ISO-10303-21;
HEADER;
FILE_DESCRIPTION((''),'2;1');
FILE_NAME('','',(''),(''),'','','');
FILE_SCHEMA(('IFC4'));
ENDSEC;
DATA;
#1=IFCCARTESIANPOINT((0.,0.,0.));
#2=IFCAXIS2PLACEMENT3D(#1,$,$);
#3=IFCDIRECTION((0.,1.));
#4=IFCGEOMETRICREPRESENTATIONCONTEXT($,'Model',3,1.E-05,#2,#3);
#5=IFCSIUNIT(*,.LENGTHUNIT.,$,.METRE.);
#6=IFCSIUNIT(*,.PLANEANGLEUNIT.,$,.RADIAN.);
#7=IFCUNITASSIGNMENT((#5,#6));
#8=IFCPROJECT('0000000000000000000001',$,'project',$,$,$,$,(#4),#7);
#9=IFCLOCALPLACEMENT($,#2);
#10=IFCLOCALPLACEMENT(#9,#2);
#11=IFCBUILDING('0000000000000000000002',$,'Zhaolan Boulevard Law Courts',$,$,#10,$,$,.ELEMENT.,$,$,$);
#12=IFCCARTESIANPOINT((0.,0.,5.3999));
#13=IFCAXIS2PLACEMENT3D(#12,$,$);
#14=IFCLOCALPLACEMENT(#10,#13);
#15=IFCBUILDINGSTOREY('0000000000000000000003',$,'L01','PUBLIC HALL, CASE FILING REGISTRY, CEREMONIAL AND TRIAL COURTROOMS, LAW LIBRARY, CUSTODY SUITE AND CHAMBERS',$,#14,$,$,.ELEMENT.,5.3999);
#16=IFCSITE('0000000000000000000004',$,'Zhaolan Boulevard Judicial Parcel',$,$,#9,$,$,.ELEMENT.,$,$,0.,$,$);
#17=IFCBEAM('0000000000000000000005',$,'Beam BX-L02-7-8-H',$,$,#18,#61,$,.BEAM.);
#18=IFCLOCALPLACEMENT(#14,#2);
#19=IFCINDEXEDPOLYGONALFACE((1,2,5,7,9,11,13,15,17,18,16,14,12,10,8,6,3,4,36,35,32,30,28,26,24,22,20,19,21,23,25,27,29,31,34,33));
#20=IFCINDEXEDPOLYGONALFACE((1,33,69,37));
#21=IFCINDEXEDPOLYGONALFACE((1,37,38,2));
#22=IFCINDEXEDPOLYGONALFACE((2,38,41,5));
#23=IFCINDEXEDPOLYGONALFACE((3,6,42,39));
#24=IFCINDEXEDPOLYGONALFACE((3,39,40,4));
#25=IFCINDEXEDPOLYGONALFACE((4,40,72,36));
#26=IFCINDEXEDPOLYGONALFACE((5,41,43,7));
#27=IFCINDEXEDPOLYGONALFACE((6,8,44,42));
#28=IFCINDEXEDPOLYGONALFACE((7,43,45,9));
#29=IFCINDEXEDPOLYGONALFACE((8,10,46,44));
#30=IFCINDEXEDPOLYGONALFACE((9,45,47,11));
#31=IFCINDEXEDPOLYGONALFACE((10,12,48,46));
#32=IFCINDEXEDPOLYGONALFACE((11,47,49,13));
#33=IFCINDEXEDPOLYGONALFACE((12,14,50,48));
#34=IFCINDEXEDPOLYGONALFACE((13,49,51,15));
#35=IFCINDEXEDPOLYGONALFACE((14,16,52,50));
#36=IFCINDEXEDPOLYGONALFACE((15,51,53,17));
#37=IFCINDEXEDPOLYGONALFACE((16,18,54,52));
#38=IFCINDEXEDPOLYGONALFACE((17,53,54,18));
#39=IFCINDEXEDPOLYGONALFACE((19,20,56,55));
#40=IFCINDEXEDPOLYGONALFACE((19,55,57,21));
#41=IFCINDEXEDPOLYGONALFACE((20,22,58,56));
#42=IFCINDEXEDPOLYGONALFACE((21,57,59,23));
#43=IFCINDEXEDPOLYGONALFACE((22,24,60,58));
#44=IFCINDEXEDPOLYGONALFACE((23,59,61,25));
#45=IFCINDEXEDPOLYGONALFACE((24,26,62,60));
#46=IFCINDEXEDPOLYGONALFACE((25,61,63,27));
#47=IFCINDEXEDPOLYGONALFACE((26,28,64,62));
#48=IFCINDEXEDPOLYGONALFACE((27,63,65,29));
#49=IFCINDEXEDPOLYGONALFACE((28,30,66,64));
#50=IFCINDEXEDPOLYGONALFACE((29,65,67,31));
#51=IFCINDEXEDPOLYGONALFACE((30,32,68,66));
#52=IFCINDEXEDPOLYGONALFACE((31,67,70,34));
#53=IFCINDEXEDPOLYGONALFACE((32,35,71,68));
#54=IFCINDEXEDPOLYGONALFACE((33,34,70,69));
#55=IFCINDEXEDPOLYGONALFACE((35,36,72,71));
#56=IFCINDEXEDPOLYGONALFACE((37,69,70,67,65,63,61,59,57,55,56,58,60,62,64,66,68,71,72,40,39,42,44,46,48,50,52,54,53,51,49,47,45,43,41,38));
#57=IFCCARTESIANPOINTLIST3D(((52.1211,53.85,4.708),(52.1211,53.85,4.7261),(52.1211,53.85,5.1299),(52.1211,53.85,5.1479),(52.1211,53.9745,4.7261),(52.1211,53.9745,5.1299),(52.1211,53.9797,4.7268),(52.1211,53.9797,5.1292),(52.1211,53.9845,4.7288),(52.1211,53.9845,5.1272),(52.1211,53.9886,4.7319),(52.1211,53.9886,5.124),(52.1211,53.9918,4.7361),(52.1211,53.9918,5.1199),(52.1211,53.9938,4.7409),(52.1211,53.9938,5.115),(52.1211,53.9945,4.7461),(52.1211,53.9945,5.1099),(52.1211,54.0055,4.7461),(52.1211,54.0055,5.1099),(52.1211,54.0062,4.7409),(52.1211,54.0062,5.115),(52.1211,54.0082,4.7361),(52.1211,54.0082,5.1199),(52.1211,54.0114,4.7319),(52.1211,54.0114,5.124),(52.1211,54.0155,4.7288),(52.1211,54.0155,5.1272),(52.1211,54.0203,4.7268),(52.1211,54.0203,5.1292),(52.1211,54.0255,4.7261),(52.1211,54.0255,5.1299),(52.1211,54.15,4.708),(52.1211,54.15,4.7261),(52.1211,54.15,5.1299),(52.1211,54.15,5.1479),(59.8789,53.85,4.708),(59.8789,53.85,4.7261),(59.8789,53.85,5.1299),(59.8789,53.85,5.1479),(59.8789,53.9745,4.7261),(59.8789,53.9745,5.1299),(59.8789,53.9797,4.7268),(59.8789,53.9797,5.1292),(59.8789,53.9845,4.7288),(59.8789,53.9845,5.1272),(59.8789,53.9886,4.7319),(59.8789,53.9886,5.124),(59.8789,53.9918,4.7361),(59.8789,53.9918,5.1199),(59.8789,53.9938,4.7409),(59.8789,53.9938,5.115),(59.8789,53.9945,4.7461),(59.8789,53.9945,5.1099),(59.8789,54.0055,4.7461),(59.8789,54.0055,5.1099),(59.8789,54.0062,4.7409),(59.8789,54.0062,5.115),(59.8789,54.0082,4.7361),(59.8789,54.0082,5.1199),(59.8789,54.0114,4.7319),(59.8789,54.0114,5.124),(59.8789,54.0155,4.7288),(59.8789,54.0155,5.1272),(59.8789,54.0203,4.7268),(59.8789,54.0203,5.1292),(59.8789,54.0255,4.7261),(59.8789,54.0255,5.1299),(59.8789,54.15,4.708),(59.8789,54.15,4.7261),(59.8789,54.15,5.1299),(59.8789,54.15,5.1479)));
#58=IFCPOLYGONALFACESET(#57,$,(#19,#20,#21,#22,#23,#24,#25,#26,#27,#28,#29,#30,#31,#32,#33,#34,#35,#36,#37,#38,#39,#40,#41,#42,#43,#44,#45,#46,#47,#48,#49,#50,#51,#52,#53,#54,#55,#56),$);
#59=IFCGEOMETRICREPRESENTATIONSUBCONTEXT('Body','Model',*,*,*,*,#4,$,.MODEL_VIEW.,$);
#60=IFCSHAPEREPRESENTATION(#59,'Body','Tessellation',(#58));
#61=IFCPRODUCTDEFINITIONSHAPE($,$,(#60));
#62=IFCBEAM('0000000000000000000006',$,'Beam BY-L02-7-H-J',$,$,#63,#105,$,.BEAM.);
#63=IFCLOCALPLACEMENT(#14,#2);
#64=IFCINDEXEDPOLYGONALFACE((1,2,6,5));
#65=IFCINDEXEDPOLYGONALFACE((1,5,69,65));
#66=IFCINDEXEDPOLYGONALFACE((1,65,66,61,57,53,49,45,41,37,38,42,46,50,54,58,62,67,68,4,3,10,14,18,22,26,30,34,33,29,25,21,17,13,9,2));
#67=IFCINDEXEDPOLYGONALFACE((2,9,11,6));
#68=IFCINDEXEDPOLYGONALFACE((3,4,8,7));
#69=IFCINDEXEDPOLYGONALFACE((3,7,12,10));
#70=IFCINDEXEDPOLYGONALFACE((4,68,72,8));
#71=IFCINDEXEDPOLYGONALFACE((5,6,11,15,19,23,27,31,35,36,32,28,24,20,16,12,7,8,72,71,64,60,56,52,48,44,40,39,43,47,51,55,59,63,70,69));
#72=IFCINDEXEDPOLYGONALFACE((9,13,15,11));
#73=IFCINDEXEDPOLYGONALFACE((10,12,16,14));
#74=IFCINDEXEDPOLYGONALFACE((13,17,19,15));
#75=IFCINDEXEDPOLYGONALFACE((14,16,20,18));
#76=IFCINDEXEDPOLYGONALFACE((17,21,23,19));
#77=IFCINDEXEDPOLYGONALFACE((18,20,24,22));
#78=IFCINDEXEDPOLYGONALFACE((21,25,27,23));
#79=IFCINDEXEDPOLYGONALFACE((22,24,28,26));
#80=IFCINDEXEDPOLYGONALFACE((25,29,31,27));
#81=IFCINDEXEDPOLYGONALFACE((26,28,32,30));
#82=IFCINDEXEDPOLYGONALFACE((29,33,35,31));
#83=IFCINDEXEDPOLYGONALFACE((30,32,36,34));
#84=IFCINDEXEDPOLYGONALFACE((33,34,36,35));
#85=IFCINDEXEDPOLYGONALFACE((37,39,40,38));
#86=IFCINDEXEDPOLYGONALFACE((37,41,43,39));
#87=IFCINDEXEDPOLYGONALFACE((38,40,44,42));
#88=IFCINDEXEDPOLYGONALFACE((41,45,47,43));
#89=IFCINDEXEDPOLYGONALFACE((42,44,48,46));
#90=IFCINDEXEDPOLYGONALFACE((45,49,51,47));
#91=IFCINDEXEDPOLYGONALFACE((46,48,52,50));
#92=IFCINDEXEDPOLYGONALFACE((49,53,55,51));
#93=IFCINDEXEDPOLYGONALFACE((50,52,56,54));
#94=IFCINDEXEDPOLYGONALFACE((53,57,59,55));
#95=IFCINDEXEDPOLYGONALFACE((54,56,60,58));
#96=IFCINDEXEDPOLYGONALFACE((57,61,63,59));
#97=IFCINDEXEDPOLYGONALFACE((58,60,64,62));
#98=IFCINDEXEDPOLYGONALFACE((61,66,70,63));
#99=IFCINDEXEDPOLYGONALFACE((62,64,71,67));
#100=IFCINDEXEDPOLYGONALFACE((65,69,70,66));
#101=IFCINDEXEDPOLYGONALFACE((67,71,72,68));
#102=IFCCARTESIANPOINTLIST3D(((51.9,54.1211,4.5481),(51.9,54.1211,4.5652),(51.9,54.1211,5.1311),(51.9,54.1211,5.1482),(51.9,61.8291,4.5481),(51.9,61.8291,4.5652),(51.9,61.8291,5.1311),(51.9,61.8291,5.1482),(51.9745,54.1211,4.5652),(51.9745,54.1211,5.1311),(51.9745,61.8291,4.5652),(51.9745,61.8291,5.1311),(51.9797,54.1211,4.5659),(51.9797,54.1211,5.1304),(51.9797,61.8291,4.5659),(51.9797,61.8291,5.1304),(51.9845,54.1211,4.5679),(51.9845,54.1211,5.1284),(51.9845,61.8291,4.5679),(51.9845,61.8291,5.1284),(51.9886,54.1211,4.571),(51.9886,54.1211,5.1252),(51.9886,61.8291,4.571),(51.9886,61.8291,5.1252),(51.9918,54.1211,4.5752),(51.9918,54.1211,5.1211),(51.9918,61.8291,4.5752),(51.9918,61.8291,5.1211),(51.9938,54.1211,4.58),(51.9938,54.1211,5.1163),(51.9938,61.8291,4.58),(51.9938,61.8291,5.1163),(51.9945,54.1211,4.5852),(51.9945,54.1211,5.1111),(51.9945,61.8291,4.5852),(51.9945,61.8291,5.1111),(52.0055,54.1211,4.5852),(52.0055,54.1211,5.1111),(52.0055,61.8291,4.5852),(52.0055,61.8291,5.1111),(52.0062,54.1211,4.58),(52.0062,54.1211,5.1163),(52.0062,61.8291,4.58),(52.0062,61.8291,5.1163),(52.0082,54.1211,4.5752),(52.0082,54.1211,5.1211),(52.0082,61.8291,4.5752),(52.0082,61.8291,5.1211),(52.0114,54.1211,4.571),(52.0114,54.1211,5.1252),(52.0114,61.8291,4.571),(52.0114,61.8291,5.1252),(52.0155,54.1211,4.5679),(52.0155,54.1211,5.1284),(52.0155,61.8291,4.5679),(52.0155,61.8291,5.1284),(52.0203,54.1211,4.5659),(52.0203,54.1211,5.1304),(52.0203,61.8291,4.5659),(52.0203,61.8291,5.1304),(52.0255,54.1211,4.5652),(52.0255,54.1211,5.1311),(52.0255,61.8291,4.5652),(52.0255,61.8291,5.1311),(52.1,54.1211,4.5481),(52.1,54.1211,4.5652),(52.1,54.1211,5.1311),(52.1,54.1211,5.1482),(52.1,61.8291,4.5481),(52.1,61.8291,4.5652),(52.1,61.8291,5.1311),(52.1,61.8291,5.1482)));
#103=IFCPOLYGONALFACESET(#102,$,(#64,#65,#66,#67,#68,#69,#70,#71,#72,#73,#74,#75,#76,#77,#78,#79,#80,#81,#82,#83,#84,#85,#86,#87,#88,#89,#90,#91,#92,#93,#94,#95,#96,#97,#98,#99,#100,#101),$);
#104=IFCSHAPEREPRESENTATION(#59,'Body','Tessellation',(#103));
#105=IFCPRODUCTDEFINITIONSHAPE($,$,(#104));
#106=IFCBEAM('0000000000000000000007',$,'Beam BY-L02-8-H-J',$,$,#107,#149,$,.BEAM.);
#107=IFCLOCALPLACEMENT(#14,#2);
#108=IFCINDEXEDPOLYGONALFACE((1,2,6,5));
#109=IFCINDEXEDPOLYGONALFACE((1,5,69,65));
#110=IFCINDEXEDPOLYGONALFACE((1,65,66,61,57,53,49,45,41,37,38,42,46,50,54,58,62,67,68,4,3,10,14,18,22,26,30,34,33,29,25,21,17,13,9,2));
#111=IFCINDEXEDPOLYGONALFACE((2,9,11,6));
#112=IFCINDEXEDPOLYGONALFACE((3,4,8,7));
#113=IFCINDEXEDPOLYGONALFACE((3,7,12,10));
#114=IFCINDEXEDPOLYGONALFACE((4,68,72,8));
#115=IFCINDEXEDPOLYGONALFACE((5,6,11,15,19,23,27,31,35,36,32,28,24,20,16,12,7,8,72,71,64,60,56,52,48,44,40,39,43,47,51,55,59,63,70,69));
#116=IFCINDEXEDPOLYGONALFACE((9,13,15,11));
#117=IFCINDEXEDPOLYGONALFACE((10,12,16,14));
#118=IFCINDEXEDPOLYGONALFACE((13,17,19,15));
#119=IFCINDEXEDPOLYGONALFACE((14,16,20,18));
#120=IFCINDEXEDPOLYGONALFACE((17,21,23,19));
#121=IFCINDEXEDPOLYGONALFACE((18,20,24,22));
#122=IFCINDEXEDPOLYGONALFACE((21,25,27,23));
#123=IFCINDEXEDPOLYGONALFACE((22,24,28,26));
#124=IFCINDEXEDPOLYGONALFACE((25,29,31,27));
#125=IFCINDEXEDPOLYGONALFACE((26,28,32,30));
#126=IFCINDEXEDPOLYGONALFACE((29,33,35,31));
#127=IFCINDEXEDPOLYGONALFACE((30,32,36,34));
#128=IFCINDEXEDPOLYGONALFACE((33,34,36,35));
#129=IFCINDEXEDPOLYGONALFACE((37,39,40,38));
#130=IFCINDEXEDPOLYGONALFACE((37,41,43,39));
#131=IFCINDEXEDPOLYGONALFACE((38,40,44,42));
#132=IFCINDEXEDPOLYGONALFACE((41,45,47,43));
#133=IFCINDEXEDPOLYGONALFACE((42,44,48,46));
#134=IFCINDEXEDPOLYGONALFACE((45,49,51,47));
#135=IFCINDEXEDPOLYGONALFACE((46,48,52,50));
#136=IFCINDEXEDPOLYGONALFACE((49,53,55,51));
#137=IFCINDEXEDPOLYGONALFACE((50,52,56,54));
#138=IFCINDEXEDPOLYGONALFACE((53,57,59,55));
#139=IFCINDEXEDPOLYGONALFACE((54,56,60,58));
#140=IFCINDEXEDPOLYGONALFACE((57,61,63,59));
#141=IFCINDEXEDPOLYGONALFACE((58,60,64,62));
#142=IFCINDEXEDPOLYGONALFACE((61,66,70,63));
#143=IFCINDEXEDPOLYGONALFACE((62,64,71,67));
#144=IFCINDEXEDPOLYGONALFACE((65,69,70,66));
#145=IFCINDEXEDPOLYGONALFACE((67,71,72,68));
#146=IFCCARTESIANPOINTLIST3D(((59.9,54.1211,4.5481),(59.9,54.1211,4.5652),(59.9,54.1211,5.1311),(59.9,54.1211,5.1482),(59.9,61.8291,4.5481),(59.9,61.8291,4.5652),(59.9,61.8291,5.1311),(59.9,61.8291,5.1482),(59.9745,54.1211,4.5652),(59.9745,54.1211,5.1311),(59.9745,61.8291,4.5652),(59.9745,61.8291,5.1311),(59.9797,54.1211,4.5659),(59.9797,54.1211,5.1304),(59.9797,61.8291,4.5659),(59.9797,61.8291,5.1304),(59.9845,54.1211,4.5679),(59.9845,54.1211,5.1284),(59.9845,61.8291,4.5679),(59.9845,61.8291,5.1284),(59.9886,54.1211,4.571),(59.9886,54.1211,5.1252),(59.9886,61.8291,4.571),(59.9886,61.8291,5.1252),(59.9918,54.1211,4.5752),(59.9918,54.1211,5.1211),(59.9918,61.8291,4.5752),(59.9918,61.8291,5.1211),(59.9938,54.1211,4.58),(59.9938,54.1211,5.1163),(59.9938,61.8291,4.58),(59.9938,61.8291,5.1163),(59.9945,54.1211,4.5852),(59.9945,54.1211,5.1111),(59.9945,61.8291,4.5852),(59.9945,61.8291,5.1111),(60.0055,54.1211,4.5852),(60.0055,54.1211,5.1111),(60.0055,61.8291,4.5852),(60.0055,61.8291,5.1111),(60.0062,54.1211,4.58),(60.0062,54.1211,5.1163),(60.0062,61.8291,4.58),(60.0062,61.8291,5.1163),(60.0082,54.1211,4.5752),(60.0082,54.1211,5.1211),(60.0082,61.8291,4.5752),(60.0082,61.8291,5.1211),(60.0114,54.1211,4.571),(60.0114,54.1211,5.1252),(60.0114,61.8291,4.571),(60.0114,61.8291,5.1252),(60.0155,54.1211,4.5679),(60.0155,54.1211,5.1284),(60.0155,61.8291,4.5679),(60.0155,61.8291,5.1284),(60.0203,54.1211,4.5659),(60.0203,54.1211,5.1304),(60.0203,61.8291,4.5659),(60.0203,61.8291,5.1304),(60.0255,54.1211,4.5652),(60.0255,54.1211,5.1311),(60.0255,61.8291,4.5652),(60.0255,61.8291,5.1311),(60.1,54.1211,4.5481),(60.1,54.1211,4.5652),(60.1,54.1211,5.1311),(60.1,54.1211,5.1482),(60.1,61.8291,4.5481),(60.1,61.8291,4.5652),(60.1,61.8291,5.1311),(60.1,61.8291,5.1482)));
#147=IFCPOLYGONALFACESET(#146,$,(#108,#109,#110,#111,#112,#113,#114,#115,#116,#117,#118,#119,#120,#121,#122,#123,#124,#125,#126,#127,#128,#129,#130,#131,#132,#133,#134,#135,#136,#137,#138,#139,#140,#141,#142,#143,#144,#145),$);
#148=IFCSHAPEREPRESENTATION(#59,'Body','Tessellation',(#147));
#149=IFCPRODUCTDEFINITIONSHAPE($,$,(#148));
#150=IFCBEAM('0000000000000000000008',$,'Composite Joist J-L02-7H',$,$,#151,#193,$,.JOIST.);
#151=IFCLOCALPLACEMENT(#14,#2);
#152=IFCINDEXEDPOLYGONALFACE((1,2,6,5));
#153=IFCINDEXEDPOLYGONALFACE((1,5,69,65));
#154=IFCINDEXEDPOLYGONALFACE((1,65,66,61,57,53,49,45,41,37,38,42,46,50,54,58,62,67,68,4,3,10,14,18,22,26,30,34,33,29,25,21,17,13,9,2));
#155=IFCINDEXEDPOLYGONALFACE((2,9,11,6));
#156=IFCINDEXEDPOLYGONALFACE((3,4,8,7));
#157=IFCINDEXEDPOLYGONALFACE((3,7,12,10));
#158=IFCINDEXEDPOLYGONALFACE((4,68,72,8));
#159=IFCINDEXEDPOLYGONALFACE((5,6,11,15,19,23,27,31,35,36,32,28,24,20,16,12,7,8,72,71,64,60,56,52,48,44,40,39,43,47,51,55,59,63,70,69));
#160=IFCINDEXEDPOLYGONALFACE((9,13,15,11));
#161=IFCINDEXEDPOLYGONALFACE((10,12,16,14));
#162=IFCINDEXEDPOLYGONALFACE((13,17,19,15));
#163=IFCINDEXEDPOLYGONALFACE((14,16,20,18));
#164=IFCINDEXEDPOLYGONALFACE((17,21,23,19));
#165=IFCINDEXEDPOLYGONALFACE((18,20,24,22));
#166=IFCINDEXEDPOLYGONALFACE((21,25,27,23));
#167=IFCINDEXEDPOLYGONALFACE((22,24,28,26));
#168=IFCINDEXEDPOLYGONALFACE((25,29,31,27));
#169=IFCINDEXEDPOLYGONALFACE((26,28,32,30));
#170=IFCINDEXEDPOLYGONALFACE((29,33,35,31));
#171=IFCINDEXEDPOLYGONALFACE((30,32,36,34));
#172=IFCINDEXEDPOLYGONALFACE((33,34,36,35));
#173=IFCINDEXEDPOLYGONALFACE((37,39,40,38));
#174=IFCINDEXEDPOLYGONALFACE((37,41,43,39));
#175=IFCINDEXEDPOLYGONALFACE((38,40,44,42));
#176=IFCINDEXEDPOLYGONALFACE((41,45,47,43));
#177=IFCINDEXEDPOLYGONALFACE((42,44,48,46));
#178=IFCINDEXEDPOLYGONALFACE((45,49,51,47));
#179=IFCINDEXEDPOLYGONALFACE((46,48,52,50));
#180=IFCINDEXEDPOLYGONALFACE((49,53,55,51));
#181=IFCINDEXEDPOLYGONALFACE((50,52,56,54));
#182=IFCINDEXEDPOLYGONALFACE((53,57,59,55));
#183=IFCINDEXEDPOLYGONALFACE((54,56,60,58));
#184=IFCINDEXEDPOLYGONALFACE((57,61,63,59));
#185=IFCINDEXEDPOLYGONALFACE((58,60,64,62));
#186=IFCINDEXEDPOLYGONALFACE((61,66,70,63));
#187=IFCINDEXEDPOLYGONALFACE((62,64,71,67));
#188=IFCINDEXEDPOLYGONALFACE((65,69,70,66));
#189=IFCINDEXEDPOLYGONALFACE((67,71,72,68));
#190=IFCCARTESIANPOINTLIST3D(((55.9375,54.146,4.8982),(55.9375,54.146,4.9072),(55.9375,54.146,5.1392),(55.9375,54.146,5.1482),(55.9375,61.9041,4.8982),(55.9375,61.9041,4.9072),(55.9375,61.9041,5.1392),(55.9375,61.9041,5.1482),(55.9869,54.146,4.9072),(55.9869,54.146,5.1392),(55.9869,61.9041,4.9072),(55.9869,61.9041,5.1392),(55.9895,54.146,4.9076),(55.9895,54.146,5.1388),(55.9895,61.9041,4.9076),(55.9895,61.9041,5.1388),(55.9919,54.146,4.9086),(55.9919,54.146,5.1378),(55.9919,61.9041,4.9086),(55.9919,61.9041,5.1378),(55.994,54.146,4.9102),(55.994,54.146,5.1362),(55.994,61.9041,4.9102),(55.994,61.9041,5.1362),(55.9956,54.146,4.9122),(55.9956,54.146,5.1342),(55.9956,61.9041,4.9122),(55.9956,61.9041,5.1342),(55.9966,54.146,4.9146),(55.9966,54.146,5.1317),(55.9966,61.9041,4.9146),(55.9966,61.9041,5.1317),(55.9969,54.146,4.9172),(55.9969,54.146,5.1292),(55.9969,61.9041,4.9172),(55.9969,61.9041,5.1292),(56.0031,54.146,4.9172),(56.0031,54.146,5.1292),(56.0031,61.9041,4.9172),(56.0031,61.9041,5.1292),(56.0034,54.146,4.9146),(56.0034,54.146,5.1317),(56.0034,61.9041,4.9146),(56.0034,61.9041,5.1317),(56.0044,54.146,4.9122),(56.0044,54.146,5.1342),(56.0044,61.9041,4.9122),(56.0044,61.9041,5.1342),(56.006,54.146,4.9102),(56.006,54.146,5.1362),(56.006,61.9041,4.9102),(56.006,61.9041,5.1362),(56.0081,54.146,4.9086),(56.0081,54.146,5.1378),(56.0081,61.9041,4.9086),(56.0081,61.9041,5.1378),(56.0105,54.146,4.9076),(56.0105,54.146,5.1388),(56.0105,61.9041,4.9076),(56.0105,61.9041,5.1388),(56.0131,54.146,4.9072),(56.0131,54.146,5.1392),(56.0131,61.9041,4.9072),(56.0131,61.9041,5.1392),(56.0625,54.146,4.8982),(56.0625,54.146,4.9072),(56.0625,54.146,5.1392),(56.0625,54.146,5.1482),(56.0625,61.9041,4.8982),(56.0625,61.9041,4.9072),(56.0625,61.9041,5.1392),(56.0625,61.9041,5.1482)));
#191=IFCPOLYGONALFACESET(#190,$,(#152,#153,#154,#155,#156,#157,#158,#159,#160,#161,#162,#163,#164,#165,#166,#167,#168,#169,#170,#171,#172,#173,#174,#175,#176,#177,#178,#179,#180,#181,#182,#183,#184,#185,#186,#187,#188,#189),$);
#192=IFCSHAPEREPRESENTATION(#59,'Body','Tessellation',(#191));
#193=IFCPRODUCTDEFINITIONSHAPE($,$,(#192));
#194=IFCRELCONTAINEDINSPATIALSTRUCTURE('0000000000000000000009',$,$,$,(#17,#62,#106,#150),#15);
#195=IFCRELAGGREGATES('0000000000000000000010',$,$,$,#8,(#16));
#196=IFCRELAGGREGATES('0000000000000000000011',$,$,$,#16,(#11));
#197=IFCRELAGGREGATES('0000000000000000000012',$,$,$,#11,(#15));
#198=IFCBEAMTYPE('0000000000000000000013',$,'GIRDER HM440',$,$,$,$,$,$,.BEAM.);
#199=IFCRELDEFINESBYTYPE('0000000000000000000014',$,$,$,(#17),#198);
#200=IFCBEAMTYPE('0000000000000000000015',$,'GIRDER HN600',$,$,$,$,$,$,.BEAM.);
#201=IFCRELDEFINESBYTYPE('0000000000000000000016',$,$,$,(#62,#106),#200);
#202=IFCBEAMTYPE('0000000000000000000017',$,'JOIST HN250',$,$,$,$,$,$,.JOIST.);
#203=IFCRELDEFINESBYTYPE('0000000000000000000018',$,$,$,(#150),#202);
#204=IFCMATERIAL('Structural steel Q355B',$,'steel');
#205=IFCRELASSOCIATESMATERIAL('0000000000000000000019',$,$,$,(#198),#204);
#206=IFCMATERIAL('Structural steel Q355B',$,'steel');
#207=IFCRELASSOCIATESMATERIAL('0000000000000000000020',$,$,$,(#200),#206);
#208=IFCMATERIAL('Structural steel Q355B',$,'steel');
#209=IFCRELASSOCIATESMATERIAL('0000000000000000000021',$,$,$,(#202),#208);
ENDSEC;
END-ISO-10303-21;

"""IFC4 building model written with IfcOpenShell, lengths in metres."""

from ifc_helpers import new_model, si_unit, direction, frame, origin, origin_2d, place, context, subcontext, project, spatial, i_section, extrude, material, material_profile, profile_set, type_object, element, save


model = new_model("IFC4")

# Units and contexts
model_context = context("Model", 3, precision=1e-05, world=origin(), true_north=direction((0.0, 1.0)))
body_context = subcontext(model_context, "Body", "Model", "MODEL_VIEW")
ifc_project = project(units=[si_unit("LENGTHUNIT", "METRE"), si_unit("PLANEANGLEUNIT", "RADIAN")], contexts=[model_context])

# Site, building, storey
site_placement = place(None, origin())
site = spatial("IfcSite", under=ifc_project, at=site_placement, Name="Zhaolan Boulevard Judicial Parcel", CompositionType="ELEMENT", RefElevation=0.0)
building_placement = place(site_placement, origin())
building = spatial("IfcBuilding", under=site, at=building_placement, Name="Zhaolan Boulevard Law Courts", CompositionType="ELEMENT")
storey_placement = place(building_placement, frame((0.0, 0.0, 5.3999)))
storey = spatial("IfcBuildingStorey", under=building, at=storey_placement, Name="L01", Description="PUBLIC HALL, CASE FILING REGISTRY, CEREMONIAL AND TRIAL COURTROOMS, LAW LIBRARY, CUSTODY SUITE AND CHAMBERS", CompositionType="ELEMENT", Elevation=5.3999)

# Beams
ifc_material_1 = material(Name="Structural steel Q355B", Category="steel")
ifc_material_profile_1 = material_profile(ifc_material_1, i_section(OverallWidth=0.3, OverallDepth=0.4399, WebThickness=0.011, FlangeThickness=0.0181, FilletRadius=0.02, at=origin_2d()), Name="HM440x300")
ifc_profile_set_1 = profile_set([ifc_material_profile_1], Name="Structural steel Q355B")
beam_type_1 = type_object("IfcBeamType", Name="GIRDER HM440", PredefinedType="BEAM", material=ifc_profile_set_1)
beam_1_placement = place(storey_placement, frame((52.1211, 54.0, 4.928), z_axis=(1.0, 0.0, 0.0), x_axis=(0.0, 1.0, 0.0)))
element("IfcBeam", 1, at=beam_1_placement, inside=storey, type_object=beam_type_1, Name="Beam BX-L02-7-8-H", PredefinedType="BEAM", context=body_context, shape_type="SweptSolid", body=[
    extrude(i_section(OverallWidth=0.3, OverallDepth=0.4399, WebThickness=0.011, FlangeThickness=0.0181, FilletRadius=0.02, at=origin_2d()), origin(), (0.0, 0.0, 1.0), 7.7578),
])
ifc_material_2 = material(Name="Structural steel Q355B", Category="steel")
ifc_material_profile_2 = material_profile(ifc_material_2, i_section(OverallWidth=0.2, OverallDepth=0.6001, WebThickness=0.011, FlangeThickness=0.0171, FilletRadius=0.02, at=origin_2d()), Name="HN600x200")
ifc_profile_set_2 = profile_set([ifc_material_profile_2], Name="Structural steel Q355B")
beam_type_2 = type_object("IfcBeamType", Name="GIRDER HN600", PredefinedType="BEAM", material=ifc_profile_set_2)
for number, where, z_axis, x_axis, name in (
    (2, (52.0, 54.1211, 4.8481), (0.0, 1.0, 0.0), (-1.0, 0.0, 0.0), "Beam BY-L02-7-H-J"),
    (3, (60.0, 54.1211, 4.8481), (0.0, 1.0, 0.0), (-1.0, 0.0, 0.0), "Beam BY-L02-8-H-J"),
):
    element("IfcBeam", number, at=place(storey_placement, frame(where, z_axis=z_axis, x_axis=x_axis)), inside=storey, type_object=beam_type_2, Name=name, PredefinedType="BEAM", context=body_context, shape_type="SweptSolid", body=[
        extrude(i_section(OverallWidth=0.2, OverallDepth=0.6001, WebThickness=0.011, FlangeThickness=0.0171, FilletRadius=0.02, at=origin_2d()), origin(), (0.0, 0.0, 1.0), 7.708),
    ])
ifc_material_3 = material(Name="Structural steel Q355B", Category="steel")
ifc_material_profile_3 = material_profile(ifc_material_3, i_section(OverallWidth=0.125, OverallDepth=0.25, WebThickness=0.0061, FlangeThickness=0.009, FilletRadius=0.01, at=origin_2d()), Name="HN250x125")
ifc_profile_set_3 = profile_set([ifc_material_profile_3], Name="Structural steel Q355B")
beam_type_3 = type_object("IfcBeamType", Name="JOIST HN250", PredefinedType="JOIST", material=ifc_profile_set_3)
beam_2_placement = place(storey_placement, frame((56.0, 54.146, 5.0232), z_axis=(0.0, 1.0, 0.0), x_axis=(-1.0, 0.0, 0.0)))
element("IfcBeam", 4, at=beam_2_placement, inside=storey, type_object=beam_type_3, Name="Composite Joist J-L02-7H", PredefinedType="JOIST", context=body_context, shape_type="SweptSolid", body=[
    extrude(i_section(OverallWidth=0.125, OverallDepth=0.25, WebThickness=0.0061, FlangeThickness=0.009, FilletRadius=0.01, at=origin_2d()), origin(), (0.0, 0.0, 1.0), 7.7581),
])

save(model, "model.ifc")
